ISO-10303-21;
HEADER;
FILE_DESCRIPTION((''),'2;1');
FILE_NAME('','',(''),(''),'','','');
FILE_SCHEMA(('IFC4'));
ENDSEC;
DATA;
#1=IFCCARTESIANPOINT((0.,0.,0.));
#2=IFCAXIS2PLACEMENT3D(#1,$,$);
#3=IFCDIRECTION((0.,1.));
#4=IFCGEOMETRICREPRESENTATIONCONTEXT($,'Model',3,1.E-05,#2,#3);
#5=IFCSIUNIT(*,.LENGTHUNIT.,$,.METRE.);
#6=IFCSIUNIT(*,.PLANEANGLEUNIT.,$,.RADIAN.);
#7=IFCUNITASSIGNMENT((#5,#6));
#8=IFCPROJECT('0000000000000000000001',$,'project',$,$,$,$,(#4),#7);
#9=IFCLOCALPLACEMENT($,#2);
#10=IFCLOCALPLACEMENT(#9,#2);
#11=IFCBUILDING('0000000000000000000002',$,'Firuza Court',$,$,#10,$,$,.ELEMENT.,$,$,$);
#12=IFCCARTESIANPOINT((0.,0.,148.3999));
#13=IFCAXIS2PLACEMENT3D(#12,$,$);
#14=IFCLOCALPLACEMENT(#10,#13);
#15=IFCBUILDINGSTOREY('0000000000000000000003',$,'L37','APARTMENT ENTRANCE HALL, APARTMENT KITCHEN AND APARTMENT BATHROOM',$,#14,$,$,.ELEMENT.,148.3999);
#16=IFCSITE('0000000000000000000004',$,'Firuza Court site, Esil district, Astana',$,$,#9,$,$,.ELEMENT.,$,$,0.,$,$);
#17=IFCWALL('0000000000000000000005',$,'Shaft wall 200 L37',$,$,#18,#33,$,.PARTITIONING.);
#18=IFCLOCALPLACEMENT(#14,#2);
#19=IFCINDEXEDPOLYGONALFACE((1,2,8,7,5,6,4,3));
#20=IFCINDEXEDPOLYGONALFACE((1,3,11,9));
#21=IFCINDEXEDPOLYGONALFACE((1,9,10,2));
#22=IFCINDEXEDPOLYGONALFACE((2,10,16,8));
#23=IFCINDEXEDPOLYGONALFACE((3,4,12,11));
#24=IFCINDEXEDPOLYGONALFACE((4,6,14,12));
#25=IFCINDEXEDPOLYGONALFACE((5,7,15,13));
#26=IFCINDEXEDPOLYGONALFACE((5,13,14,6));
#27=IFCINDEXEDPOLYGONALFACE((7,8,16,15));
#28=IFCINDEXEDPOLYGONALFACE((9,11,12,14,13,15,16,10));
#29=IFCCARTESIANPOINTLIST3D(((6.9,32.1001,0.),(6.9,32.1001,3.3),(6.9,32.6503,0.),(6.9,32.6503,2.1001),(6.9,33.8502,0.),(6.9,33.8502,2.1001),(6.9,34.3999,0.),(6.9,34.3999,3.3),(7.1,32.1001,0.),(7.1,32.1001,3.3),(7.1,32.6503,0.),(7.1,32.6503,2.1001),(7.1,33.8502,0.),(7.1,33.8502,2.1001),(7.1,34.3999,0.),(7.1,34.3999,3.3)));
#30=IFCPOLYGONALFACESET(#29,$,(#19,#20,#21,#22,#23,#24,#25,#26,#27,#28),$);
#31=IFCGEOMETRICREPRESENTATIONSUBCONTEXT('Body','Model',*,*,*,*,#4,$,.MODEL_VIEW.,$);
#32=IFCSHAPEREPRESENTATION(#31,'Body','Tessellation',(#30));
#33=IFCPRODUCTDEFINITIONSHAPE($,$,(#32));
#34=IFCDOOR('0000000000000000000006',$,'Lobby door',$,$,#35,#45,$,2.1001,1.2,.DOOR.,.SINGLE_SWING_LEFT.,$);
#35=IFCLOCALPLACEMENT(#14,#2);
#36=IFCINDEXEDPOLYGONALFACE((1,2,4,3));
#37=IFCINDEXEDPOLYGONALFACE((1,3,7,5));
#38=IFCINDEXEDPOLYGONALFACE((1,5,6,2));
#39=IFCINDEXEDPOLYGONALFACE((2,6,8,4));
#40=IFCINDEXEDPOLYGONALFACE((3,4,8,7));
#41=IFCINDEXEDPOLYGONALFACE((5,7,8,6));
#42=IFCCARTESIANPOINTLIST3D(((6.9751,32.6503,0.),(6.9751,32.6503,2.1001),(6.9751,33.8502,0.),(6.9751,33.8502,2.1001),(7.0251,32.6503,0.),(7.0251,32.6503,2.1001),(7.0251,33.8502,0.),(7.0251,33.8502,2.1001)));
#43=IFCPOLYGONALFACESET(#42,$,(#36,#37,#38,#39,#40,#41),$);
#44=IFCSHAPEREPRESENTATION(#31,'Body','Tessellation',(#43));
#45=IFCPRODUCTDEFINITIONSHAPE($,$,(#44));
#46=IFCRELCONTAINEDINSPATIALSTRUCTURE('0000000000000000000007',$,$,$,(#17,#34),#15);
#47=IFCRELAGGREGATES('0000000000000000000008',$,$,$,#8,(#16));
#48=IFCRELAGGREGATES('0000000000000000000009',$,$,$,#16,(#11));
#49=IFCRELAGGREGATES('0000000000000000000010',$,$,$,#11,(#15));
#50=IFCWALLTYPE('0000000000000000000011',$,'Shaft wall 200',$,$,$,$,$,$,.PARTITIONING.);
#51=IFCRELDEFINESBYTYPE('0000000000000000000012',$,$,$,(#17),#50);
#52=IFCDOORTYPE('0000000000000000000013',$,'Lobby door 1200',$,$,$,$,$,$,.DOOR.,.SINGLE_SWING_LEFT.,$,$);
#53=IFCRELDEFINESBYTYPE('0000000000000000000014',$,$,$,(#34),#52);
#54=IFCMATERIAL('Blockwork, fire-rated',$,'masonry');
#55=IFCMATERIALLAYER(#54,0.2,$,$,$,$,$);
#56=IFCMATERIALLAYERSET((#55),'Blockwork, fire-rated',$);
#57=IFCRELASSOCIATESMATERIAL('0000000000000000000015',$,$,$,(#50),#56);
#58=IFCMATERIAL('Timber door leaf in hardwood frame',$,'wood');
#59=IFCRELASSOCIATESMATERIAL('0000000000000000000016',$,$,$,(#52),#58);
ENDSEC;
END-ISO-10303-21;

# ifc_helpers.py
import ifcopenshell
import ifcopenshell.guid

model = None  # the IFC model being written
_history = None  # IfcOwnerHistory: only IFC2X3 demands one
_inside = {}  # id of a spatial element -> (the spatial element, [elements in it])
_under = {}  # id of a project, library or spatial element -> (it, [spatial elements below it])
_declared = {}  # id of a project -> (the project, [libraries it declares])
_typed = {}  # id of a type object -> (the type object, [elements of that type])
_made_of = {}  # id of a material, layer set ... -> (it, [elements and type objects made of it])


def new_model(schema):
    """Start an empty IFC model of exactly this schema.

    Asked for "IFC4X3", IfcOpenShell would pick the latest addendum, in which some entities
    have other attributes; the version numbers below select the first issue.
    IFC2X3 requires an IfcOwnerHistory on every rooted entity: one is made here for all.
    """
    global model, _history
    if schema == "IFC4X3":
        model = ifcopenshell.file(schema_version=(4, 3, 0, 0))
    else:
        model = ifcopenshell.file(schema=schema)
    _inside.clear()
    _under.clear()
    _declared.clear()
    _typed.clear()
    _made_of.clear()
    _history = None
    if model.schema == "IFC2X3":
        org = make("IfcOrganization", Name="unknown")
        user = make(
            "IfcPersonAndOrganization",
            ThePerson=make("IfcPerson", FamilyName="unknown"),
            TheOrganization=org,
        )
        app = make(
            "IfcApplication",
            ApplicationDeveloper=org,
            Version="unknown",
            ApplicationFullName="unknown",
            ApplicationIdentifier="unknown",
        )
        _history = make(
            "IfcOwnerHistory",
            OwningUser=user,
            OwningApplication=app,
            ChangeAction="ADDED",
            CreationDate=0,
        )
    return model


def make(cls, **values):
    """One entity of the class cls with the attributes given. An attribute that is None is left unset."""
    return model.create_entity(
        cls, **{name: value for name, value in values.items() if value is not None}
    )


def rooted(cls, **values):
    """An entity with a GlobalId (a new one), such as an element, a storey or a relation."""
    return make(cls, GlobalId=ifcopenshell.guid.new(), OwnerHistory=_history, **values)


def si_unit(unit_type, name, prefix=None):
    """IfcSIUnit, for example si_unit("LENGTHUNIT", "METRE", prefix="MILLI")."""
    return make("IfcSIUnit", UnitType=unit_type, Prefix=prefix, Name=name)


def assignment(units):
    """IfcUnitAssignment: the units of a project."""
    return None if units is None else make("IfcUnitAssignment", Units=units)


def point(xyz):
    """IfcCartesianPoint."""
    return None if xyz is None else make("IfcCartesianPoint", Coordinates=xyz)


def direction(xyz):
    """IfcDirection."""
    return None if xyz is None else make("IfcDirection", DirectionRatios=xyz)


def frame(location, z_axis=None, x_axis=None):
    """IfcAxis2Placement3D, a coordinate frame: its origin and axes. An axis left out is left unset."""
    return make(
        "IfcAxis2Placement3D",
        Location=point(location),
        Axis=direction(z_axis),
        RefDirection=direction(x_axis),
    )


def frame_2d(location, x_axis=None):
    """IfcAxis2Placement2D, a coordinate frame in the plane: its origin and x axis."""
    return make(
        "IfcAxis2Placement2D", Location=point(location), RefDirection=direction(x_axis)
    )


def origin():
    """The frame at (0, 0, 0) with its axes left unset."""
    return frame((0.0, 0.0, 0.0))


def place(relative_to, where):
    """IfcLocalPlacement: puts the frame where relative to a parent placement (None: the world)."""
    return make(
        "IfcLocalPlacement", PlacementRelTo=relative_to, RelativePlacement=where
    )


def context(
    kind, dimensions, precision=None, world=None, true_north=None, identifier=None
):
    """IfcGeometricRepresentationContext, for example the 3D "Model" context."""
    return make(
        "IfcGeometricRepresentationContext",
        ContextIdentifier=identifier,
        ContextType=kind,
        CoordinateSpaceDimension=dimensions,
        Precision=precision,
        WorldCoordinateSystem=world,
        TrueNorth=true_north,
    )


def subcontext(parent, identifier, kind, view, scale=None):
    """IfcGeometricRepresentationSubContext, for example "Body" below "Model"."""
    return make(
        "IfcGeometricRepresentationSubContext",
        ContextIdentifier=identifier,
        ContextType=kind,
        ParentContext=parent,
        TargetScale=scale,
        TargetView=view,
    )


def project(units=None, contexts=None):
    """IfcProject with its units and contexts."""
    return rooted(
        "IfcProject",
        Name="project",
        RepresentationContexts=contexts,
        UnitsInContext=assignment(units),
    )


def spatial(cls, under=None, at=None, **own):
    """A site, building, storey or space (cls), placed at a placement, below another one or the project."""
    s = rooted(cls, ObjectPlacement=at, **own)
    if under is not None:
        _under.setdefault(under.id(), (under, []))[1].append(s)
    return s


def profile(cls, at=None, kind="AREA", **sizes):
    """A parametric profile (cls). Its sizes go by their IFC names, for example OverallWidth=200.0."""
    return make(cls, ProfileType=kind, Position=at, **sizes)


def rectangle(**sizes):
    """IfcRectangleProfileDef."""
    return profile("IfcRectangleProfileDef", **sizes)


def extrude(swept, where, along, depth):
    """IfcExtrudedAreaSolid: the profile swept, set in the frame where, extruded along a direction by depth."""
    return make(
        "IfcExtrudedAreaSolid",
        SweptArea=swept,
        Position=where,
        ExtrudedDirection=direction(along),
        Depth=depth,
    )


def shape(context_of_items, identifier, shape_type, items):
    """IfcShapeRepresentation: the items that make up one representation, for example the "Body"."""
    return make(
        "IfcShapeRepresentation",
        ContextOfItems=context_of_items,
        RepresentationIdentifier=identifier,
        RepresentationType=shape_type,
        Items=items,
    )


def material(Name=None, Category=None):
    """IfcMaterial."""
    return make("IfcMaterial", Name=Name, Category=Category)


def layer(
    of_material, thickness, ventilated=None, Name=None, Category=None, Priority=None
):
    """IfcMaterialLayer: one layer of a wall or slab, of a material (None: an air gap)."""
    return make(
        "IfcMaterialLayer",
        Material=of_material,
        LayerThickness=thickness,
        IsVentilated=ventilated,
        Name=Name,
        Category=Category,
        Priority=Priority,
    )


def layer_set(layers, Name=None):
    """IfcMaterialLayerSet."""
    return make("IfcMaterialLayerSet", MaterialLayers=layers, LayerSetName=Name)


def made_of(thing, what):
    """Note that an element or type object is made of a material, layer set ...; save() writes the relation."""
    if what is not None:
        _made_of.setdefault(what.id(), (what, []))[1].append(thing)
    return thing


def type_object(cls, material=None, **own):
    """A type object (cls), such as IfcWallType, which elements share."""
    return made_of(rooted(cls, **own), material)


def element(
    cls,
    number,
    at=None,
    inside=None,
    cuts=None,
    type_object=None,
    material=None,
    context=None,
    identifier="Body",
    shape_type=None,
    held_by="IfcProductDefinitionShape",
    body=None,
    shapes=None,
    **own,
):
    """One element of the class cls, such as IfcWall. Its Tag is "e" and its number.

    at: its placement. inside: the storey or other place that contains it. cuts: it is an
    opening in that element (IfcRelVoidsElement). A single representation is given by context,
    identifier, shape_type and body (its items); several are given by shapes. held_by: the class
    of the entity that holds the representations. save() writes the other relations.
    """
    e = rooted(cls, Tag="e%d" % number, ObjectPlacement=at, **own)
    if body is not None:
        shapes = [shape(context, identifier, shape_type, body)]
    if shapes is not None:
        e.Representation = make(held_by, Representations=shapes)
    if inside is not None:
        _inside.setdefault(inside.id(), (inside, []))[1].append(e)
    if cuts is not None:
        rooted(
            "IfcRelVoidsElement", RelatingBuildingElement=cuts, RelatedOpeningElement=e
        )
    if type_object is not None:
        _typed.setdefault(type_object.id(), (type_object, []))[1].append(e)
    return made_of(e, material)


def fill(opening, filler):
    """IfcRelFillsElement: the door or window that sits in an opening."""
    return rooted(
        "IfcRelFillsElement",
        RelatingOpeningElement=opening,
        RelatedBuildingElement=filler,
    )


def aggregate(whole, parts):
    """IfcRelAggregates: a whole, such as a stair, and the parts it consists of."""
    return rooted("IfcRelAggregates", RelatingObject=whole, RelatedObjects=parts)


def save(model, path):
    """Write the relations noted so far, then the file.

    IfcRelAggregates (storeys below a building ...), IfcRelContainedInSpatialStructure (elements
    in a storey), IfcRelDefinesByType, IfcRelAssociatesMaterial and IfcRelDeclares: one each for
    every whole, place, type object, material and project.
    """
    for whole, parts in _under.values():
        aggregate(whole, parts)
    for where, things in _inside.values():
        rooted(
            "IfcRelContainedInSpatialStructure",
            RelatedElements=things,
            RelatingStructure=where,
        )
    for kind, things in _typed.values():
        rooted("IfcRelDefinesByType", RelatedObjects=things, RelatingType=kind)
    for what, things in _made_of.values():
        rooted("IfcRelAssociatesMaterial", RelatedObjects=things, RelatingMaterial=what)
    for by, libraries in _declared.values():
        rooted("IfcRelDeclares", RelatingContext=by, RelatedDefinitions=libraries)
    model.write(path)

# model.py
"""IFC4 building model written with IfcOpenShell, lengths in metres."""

from ifc_helpers import new_model, si_unit, direction, frame, frame_2d, origin, place, context, subcontext, project, spatial, rectangle, extrude, material, layer, layer_set, type_object, element, fill, save


model = new_model("IFC4")

# Units and contexts
model_context = context("Model", 3, precision=1e-05, world=origin(), true_north=direction((0.0, 1.0)))
body_context = subcontext(model_context, "Body", "Model", "MODEL_VIEW")
ifc_project = project(units=[si_unit("LENGTHUNIT", "METRE"), si_unit("PLANEANGLEUNIT", "RADIAN")], contexts=[model_context])

# Site, building, storey
site_placement = place(None, origin())
site = spatial("IfcSite", under=ifc_project, at=site_placement, Name="Firuza Court site, Esil district, Astana", CompositionType="ELEMENT", RefElevation=0.0)
building_placement = place(site_placement, origin())
building = spatial("IfcBuilding", under=site, at=building_placement, Name="Firuza Court", CompositionType="ELEMENT")
storey_placement = place(building_placement, frame((0.0, 0.0, 148.3999)))
storey = spatial("IfcBuildingStorey", under=building, at=storey_placement, Name="L37", Description="APARTMENT ENTRANCE HALL, APARTMENT KITCHEN AND APARTMENT BATHROOM", CompositionType="ELEMENT", Elevation=148.3999)

# Shared definitions
ifc_material_1 = material(Name="Blockwork, fire-rated", Category="masonry")
ifc_layer_1 = layer(ifc_material_1, 0.2)
ifc_layer_set_1 = layer_set([ifc_layer_1], Name="Blockwork, fire-rated")
wall_type_1 = type_object("IfcWallType", Name="Shaft wall 200", PredefinedType="PARTITIONING", material=ifc_layer_set_1)

# Shared definitions
ifc_material_2 = material(Name="Timber door leaf in hardwood frame", Category="wood")
door_type_1 = type_object("IfcDoorType", Name="Lobby door 1200", OperationType="SINGLE_SWING_LEFT", PredefinedType="DOOR", material=ifc_material_2)

# Wall, opening, door
wall_1_placement = place(storey_placement, frame((7.0, 32.1001, 0.0), z_axis=(0.0, 0.0, 1.0), x_axis=(0.0, 1.0, 0.0)))
wall_1 = element("IfcWall", 1, at=wall_1_placement, inside=storey, type_object=wall_type_1, Name="Shaft wall 200 L37", PredefinedType="PARTITIONING", context=body_context, shape_type="SweptSolid", body=[
    extrude(rectangle(XDim=2.2998, YDim=0.2, at=frame_2d((1.1499, 0.0))), origin(), (0.0, 0.0, 1.0), 3.3),
])
opening_1_placement = place(wall_1_placement, frame((0.55, 0.0, 0.0)))
opening_1 = element("IfcOpeningElement", 2, at=opening_1_placement, cuts=wall_1, PredefinedType="OPENING", context=body_context, shape_type="SweptSolid", body=[
    extrude(rectangle(XDim=1.2, YDim=2.1001, at=frame_2d((0.6001, 1.05))), frame((0.0, 0.1118, 0.0), z_axis=(0.0, -1.0, 0.0), x_axis=(1.0, 0.0, 0.0)), (0.0, 0.0, 1.0), 0.2239),
])
door_1_placement = place(opening_1_placement, origin())
door_1 = element("IfcDoor", 3, at=door_1_placement, inside=storey, type_object=door_type_1, Name="Lobby door", OperationType="SINGLE_SWING_LEFT", OverallHeight=2.1001, OverallWidth=1.2, PredefinedType="DOOR", context=body_context, shape_type="SweptSolid", body=[
    extrude(rectangle(XDim=1.2, YDim=2.1001, at=frame_2d((0.6001, 1.05))), frame((0.0, 0.0249, 0.0), z_axis=(0.0, -1.0, 0.0), x_axis=(1.0, 0.0, 0.0)), (0.0, 0.0, 1.0), 0.05),
])
fill(opening_1, door_1)

save(model, "model.ifc")
